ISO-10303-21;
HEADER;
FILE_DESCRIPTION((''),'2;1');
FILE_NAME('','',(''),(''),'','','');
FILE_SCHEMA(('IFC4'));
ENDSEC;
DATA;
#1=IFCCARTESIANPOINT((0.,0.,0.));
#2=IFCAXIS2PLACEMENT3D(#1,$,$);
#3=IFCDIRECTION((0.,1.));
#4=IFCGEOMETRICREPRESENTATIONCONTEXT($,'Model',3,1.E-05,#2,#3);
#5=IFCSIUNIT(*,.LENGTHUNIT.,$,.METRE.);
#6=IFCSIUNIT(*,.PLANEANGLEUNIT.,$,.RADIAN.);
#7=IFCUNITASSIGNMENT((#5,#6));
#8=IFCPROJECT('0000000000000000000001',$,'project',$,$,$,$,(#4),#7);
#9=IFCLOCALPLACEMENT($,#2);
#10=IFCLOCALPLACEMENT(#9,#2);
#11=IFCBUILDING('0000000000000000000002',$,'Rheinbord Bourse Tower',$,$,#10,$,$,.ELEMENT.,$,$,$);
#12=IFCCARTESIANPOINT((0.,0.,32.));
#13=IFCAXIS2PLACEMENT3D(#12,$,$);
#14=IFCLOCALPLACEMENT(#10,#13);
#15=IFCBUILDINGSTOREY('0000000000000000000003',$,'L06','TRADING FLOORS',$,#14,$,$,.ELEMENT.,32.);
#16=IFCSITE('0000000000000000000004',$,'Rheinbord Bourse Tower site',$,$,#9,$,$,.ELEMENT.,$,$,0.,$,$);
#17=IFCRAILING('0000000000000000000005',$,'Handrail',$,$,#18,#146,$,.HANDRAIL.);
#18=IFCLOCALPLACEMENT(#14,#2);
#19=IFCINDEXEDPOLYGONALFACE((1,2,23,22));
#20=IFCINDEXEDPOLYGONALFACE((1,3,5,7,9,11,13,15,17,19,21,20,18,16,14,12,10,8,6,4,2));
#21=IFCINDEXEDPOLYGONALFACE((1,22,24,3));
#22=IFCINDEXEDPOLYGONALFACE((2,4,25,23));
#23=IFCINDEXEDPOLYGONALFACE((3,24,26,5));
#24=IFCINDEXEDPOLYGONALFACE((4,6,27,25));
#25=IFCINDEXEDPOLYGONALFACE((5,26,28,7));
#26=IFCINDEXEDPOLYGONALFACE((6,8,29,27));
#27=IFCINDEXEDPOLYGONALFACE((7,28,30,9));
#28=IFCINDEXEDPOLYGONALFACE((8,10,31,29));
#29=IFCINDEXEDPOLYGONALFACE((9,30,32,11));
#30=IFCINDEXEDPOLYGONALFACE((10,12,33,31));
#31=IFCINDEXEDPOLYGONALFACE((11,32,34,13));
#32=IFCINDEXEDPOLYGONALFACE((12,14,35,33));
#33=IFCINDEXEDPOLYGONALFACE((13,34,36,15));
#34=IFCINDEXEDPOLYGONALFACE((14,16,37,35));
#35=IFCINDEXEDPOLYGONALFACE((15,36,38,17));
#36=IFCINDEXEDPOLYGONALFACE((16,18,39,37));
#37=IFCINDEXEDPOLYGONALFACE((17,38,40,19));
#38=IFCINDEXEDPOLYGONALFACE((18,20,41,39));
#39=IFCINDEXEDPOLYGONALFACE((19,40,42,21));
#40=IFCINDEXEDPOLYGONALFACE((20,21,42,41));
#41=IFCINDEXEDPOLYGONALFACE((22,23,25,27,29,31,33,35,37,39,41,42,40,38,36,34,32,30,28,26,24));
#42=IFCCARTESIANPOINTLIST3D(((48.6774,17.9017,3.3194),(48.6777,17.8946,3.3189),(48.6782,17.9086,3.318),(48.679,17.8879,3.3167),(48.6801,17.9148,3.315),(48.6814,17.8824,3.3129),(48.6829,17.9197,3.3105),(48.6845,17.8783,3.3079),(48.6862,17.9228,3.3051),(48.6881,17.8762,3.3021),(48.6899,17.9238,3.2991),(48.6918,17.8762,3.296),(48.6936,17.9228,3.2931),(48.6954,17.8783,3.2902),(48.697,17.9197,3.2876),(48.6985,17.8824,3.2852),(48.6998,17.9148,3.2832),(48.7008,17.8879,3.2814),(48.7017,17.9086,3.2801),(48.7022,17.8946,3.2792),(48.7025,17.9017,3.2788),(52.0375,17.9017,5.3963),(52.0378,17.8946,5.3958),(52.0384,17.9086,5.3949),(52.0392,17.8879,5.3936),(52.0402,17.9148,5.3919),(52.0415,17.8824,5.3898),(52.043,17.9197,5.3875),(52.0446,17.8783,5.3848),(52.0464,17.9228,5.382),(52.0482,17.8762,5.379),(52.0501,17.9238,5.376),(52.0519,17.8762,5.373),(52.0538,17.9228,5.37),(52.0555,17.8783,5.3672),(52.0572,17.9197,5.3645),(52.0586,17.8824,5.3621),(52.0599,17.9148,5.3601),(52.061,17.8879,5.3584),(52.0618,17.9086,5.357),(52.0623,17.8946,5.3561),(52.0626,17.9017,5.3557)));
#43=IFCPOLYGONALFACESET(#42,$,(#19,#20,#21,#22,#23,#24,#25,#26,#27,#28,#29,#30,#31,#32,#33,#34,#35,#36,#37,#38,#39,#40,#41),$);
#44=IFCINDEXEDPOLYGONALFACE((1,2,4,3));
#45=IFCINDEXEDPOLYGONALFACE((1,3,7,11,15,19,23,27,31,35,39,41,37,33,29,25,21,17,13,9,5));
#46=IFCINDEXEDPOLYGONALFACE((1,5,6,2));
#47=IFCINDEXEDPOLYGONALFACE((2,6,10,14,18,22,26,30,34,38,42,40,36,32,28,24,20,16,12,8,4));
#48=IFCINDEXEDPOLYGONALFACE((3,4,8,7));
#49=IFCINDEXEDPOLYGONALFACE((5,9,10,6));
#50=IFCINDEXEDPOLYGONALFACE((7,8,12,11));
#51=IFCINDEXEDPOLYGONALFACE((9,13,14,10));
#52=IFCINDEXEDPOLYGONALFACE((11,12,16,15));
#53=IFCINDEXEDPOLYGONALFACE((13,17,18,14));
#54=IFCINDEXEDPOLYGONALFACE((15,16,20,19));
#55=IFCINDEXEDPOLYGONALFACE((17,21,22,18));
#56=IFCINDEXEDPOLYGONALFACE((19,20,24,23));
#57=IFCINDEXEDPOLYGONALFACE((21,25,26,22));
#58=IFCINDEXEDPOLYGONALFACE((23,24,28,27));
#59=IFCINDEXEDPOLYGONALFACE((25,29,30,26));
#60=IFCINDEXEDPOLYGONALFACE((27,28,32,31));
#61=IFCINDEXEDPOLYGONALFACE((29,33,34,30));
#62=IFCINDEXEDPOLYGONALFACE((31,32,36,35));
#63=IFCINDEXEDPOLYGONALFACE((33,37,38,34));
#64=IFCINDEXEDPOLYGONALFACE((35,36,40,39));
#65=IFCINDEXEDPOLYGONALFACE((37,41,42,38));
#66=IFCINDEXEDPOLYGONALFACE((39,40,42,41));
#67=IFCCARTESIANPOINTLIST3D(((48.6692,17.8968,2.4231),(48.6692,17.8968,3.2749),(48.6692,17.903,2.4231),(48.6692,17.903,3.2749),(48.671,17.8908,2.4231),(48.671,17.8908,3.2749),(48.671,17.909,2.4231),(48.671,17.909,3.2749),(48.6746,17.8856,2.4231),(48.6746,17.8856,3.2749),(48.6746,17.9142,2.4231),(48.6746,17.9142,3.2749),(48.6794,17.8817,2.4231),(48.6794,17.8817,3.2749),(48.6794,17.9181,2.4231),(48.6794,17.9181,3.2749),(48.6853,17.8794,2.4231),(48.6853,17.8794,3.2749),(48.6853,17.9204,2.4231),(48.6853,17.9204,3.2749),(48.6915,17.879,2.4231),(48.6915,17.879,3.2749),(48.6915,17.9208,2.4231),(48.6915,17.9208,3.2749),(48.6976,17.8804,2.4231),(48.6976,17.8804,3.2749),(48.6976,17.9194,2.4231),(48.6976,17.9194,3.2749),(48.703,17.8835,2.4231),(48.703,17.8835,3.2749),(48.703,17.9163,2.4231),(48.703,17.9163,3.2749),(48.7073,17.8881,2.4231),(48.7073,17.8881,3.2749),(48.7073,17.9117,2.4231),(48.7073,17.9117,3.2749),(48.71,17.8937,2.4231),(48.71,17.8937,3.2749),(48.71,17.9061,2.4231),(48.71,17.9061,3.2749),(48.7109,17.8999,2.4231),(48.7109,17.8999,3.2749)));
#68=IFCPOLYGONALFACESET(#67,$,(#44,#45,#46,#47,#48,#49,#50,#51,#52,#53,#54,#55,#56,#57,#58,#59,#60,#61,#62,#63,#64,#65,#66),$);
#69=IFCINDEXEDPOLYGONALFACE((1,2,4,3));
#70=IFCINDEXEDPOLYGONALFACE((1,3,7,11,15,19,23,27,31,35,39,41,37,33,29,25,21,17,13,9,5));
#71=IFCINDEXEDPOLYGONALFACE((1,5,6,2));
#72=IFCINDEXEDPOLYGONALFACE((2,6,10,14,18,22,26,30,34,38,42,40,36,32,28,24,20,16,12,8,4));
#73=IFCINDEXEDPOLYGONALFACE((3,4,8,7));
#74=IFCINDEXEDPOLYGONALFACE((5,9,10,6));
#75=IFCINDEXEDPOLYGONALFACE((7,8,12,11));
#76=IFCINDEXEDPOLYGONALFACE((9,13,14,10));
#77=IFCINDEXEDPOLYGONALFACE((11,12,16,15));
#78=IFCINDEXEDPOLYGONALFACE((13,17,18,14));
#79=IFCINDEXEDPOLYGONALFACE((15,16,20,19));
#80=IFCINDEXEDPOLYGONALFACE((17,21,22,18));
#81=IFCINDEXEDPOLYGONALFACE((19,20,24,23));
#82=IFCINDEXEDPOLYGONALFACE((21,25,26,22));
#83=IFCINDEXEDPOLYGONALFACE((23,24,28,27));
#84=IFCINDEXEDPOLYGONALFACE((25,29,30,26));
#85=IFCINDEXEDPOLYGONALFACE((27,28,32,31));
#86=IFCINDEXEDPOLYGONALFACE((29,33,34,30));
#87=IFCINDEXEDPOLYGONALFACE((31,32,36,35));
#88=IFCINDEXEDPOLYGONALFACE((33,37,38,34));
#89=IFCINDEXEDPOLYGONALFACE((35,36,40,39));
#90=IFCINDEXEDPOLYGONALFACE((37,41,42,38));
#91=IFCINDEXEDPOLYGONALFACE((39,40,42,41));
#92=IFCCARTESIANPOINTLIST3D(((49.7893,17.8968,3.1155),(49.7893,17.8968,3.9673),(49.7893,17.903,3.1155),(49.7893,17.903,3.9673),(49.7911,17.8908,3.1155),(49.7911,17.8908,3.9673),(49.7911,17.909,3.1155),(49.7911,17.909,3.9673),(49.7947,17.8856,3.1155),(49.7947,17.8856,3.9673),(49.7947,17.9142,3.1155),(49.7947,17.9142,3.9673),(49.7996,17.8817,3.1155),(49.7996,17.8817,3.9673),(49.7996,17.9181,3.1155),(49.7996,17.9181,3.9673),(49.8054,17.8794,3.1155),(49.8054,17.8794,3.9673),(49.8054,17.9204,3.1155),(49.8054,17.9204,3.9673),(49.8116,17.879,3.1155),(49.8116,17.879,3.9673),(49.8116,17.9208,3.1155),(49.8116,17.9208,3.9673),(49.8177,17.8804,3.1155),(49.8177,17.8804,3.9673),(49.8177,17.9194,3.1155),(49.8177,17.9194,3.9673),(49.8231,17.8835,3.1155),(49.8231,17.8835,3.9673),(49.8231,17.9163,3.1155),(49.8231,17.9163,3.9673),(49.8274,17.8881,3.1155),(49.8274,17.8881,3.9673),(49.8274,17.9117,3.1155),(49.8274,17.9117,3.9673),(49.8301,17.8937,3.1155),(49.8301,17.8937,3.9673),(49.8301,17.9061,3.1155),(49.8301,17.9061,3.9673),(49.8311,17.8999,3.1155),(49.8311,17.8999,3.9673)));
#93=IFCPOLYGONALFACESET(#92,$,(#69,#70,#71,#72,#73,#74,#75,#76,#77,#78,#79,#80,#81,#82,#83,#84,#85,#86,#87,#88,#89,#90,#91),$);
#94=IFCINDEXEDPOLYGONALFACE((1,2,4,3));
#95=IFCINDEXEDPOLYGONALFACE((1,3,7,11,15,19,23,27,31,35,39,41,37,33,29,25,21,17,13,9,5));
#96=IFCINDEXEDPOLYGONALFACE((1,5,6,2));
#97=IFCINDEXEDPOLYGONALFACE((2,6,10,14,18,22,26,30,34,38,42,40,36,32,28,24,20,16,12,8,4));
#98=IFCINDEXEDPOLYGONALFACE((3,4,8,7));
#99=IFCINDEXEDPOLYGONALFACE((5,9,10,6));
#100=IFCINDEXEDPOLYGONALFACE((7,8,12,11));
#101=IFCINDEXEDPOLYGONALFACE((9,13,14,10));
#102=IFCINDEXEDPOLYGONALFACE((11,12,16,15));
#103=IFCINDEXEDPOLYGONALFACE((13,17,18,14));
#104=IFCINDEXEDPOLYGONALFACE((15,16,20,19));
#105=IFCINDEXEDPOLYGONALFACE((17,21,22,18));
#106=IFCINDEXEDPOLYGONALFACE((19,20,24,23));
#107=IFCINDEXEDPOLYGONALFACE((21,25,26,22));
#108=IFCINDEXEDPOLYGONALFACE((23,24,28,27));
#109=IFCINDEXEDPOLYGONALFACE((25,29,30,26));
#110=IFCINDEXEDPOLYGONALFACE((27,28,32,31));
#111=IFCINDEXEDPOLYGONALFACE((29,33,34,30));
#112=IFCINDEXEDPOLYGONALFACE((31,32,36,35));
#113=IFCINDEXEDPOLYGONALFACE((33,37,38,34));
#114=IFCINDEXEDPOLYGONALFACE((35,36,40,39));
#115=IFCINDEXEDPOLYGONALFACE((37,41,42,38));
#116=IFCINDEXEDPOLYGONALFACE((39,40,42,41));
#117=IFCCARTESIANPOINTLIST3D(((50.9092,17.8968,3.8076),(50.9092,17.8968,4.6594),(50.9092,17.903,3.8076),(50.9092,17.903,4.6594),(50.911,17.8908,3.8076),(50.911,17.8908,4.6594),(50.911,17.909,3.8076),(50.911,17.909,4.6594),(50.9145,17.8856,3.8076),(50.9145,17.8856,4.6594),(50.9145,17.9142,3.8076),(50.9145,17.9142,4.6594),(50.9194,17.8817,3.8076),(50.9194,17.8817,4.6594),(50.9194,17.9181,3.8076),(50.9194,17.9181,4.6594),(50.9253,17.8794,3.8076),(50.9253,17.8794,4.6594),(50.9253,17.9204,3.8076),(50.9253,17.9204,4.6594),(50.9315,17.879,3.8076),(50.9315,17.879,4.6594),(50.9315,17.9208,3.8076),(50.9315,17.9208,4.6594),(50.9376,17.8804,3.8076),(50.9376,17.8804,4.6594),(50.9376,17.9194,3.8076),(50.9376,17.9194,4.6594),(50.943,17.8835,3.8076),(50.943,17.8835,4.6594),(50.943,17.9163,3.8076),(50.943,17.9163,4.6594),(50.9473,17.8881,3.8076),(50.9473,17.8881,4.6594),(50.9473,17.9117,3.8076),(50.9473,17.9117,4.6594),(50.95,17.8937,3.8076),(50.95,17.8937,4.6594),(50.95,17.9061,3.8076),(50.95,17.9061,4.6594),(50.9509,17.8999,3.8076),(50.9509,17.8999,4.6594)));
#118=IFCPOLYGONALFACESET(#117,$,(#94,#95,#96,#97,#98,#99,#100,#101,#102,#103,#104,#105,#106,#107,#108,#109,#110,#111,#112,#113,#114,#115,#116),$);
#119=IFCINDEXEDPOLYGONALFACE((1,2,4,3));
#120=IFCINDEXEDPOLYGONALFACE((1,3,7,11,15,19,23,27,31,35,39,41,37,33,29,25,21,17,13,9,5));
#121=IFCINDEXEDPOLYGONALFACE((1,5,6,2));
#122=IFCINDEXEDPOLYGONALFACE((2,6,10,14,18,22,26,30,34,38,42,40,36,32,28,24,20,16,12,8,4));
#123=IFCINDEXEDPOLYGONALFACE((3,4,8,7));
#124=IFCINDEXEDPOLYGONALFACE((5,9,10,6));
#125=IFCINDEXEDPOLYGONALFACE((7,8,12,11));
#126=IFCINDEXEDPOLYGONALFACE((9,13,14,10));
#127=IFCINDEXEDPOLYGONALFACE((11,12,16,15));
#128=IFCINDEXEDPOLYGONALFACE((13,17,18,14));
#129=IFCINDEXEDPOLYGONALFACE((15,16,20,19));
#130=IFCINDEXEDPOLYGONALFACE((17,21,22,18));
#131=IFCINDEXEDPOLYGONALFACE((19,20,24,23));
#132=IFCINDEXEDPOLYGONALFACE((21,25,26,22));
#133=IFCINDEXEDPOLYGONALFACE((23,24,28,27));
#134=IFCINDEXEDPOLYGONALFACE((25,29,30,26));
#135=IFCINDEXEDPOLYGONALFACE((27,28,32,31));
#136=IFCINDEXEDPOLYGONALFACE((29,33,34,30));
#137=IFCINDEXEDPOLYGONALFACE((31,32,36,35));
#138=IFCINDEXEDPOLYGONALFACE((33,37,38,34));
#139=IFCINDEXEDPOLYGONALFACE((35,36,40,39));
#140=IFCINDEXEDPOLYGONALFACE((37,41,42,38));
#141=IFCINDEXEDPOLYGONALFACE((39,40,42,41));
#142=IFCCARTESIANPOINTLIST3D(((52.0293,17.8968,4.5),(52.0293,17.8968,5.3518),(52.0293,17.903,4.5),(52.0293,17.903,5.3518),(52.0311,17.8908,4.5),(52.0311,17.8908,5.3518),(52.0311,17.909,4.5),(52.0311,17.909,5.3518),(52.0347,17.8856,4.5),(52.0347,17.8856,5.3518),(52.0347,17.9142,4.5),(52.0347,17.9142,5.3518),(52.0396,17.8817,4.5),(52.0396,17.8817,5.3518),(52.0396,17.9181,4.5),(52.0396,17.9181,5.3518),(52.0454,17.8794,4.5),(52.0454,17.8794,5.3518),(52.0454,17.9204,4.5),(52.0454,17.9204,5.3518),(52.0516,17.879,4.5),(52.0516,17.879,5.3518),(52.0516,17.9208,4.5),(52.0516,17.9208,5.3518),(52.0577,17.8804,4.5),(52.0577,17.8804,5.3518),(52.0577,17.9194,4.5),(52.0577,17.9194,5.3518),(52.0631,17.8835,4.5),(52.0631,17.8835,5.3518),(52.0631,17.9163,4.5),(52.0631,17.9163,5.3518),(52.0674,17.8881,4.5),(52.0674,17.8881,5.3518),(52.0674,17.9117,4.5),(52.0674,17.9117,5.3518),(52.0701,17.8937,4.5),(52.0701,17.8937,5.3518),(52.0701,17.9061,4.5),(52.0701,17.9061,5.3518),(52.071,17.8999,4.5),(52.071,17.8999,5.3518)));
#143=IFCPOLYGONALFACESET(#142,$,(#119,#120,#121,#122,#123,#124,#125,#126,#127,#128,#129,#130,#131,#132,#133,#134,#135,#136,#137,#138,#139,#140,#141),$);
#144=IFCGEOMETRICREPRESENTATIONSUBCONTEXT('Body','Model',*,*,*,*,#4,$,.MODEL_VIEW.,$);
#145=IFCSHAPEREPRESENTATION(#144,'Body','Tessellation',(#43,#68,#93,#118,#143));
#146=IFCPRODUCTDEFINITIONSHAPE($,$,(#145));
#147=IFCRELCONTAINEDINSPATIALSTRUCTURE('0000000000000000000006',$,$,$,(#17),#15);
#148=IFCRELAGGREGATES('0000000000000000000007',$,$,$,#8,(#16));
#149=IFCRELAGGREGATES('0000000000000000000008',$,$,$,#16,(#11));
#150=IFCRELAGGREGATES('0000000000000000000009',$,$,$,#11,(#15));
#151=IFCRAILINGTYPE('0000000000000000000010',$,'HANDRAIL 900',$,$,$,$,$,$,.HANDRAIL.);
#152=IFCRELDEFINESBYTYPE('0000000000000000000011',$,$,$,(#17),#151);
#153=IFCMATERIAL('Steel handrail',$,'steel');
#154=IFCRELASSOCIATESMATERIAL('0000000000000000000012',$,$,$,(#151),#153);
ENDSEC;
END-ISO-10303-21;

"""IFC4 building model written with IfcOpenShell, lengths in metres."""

from ifc_helpers import new_model, si_unit, direction, frame, origin, origin_2d, place, context, subcontext, project, spatial, circle, extrude, material, type_object, element, save


model = new_model("IFC4")

# Units and contexts
model_context = context("Model", 3, precision=1e-05, world=origin(), true_north=direction((0.0, 1.0)))
body_context = subcontext(model_context, "Body", "Model", "MODEL_VIEW")
ifc_project = project(units=[si_unit("LENGTHUNIT", "METRE"), si_unit("PLANEANGLEUNIT", "RADIAN")], contexts=[model_context])

# Site, building, storey
site_placement = place(None, origin())
site = spatial("IfcSite", under=ifc_project, at=site_placement, Name="Rheinbord Bourse Tower site", CompositionType="ELEMENT", RefElevation=0.0)
building_placement = place(site_placement, origin())
building = spatial("IfcBuilding", under=site, at=building_placement, Name="Rheinbord Bourse Tower", CompositionType="ELEMENT")
storey_placement = place(building_placement, frame((0.0, 0.0, 32.0)))
storey = spatial("IfcBuildingStorey", under=building, at=storey_placement, Name="L06", Description="TRADING FLOORS", CompositionType="ELEMENT", Elevation=32.0)

# Railing
ifc_material_1 = material(Name="Steel handrail", Category="steel")
railing_type = type_object("IfcRailingType", Name="HANDRAIL 900", PredefinedType="HANDRAIL", material=ifc_material_1)
railing_1_placement = place(storey_placement, frame((48.6899, 17.8999, 2.4231)))
element("IfcRailing", 1, at=railing_1_placement, inside=storey, type_object=railing_type, Name="Handrail", PredefinedType="HANDRAIL", context=body_context, shape_type="SweptSolid", body=[
    extrude(circle(Radius=0.0239, at=origin_2d()), frame((0.0, 0.0, 0.876), z_axis=(0.850623, 0.0, 0.525776), x_axis=(0.0, 1.0, 0.0)), (0.0, 0.0, 1.0), 3.9502),
    extrude(circle(Radius=0.021, at=origin_2d()), origin(), (0.0, 0.0, 1.0), 0.8518),
    extrude(circle(Radius=0.021, at=origin_2d()), frame((1.1201, 0.0, 0.6924)), (0.0, 0.0, 1.0), 0.8518),
    extrude(circle(Radius=0.021, at=origin_2d()), frame((2.24, 0.0, 1.3845)), (0.0, 0.0, 1.0), 0.8518),
    extrude(circle(Radius=0.021, at=origin_2d()), frame((3.3601, 0.0, 2.0769)), (0.0, 0.0, 1.0), 0.8518),
])

save(model, "model.ifc")
